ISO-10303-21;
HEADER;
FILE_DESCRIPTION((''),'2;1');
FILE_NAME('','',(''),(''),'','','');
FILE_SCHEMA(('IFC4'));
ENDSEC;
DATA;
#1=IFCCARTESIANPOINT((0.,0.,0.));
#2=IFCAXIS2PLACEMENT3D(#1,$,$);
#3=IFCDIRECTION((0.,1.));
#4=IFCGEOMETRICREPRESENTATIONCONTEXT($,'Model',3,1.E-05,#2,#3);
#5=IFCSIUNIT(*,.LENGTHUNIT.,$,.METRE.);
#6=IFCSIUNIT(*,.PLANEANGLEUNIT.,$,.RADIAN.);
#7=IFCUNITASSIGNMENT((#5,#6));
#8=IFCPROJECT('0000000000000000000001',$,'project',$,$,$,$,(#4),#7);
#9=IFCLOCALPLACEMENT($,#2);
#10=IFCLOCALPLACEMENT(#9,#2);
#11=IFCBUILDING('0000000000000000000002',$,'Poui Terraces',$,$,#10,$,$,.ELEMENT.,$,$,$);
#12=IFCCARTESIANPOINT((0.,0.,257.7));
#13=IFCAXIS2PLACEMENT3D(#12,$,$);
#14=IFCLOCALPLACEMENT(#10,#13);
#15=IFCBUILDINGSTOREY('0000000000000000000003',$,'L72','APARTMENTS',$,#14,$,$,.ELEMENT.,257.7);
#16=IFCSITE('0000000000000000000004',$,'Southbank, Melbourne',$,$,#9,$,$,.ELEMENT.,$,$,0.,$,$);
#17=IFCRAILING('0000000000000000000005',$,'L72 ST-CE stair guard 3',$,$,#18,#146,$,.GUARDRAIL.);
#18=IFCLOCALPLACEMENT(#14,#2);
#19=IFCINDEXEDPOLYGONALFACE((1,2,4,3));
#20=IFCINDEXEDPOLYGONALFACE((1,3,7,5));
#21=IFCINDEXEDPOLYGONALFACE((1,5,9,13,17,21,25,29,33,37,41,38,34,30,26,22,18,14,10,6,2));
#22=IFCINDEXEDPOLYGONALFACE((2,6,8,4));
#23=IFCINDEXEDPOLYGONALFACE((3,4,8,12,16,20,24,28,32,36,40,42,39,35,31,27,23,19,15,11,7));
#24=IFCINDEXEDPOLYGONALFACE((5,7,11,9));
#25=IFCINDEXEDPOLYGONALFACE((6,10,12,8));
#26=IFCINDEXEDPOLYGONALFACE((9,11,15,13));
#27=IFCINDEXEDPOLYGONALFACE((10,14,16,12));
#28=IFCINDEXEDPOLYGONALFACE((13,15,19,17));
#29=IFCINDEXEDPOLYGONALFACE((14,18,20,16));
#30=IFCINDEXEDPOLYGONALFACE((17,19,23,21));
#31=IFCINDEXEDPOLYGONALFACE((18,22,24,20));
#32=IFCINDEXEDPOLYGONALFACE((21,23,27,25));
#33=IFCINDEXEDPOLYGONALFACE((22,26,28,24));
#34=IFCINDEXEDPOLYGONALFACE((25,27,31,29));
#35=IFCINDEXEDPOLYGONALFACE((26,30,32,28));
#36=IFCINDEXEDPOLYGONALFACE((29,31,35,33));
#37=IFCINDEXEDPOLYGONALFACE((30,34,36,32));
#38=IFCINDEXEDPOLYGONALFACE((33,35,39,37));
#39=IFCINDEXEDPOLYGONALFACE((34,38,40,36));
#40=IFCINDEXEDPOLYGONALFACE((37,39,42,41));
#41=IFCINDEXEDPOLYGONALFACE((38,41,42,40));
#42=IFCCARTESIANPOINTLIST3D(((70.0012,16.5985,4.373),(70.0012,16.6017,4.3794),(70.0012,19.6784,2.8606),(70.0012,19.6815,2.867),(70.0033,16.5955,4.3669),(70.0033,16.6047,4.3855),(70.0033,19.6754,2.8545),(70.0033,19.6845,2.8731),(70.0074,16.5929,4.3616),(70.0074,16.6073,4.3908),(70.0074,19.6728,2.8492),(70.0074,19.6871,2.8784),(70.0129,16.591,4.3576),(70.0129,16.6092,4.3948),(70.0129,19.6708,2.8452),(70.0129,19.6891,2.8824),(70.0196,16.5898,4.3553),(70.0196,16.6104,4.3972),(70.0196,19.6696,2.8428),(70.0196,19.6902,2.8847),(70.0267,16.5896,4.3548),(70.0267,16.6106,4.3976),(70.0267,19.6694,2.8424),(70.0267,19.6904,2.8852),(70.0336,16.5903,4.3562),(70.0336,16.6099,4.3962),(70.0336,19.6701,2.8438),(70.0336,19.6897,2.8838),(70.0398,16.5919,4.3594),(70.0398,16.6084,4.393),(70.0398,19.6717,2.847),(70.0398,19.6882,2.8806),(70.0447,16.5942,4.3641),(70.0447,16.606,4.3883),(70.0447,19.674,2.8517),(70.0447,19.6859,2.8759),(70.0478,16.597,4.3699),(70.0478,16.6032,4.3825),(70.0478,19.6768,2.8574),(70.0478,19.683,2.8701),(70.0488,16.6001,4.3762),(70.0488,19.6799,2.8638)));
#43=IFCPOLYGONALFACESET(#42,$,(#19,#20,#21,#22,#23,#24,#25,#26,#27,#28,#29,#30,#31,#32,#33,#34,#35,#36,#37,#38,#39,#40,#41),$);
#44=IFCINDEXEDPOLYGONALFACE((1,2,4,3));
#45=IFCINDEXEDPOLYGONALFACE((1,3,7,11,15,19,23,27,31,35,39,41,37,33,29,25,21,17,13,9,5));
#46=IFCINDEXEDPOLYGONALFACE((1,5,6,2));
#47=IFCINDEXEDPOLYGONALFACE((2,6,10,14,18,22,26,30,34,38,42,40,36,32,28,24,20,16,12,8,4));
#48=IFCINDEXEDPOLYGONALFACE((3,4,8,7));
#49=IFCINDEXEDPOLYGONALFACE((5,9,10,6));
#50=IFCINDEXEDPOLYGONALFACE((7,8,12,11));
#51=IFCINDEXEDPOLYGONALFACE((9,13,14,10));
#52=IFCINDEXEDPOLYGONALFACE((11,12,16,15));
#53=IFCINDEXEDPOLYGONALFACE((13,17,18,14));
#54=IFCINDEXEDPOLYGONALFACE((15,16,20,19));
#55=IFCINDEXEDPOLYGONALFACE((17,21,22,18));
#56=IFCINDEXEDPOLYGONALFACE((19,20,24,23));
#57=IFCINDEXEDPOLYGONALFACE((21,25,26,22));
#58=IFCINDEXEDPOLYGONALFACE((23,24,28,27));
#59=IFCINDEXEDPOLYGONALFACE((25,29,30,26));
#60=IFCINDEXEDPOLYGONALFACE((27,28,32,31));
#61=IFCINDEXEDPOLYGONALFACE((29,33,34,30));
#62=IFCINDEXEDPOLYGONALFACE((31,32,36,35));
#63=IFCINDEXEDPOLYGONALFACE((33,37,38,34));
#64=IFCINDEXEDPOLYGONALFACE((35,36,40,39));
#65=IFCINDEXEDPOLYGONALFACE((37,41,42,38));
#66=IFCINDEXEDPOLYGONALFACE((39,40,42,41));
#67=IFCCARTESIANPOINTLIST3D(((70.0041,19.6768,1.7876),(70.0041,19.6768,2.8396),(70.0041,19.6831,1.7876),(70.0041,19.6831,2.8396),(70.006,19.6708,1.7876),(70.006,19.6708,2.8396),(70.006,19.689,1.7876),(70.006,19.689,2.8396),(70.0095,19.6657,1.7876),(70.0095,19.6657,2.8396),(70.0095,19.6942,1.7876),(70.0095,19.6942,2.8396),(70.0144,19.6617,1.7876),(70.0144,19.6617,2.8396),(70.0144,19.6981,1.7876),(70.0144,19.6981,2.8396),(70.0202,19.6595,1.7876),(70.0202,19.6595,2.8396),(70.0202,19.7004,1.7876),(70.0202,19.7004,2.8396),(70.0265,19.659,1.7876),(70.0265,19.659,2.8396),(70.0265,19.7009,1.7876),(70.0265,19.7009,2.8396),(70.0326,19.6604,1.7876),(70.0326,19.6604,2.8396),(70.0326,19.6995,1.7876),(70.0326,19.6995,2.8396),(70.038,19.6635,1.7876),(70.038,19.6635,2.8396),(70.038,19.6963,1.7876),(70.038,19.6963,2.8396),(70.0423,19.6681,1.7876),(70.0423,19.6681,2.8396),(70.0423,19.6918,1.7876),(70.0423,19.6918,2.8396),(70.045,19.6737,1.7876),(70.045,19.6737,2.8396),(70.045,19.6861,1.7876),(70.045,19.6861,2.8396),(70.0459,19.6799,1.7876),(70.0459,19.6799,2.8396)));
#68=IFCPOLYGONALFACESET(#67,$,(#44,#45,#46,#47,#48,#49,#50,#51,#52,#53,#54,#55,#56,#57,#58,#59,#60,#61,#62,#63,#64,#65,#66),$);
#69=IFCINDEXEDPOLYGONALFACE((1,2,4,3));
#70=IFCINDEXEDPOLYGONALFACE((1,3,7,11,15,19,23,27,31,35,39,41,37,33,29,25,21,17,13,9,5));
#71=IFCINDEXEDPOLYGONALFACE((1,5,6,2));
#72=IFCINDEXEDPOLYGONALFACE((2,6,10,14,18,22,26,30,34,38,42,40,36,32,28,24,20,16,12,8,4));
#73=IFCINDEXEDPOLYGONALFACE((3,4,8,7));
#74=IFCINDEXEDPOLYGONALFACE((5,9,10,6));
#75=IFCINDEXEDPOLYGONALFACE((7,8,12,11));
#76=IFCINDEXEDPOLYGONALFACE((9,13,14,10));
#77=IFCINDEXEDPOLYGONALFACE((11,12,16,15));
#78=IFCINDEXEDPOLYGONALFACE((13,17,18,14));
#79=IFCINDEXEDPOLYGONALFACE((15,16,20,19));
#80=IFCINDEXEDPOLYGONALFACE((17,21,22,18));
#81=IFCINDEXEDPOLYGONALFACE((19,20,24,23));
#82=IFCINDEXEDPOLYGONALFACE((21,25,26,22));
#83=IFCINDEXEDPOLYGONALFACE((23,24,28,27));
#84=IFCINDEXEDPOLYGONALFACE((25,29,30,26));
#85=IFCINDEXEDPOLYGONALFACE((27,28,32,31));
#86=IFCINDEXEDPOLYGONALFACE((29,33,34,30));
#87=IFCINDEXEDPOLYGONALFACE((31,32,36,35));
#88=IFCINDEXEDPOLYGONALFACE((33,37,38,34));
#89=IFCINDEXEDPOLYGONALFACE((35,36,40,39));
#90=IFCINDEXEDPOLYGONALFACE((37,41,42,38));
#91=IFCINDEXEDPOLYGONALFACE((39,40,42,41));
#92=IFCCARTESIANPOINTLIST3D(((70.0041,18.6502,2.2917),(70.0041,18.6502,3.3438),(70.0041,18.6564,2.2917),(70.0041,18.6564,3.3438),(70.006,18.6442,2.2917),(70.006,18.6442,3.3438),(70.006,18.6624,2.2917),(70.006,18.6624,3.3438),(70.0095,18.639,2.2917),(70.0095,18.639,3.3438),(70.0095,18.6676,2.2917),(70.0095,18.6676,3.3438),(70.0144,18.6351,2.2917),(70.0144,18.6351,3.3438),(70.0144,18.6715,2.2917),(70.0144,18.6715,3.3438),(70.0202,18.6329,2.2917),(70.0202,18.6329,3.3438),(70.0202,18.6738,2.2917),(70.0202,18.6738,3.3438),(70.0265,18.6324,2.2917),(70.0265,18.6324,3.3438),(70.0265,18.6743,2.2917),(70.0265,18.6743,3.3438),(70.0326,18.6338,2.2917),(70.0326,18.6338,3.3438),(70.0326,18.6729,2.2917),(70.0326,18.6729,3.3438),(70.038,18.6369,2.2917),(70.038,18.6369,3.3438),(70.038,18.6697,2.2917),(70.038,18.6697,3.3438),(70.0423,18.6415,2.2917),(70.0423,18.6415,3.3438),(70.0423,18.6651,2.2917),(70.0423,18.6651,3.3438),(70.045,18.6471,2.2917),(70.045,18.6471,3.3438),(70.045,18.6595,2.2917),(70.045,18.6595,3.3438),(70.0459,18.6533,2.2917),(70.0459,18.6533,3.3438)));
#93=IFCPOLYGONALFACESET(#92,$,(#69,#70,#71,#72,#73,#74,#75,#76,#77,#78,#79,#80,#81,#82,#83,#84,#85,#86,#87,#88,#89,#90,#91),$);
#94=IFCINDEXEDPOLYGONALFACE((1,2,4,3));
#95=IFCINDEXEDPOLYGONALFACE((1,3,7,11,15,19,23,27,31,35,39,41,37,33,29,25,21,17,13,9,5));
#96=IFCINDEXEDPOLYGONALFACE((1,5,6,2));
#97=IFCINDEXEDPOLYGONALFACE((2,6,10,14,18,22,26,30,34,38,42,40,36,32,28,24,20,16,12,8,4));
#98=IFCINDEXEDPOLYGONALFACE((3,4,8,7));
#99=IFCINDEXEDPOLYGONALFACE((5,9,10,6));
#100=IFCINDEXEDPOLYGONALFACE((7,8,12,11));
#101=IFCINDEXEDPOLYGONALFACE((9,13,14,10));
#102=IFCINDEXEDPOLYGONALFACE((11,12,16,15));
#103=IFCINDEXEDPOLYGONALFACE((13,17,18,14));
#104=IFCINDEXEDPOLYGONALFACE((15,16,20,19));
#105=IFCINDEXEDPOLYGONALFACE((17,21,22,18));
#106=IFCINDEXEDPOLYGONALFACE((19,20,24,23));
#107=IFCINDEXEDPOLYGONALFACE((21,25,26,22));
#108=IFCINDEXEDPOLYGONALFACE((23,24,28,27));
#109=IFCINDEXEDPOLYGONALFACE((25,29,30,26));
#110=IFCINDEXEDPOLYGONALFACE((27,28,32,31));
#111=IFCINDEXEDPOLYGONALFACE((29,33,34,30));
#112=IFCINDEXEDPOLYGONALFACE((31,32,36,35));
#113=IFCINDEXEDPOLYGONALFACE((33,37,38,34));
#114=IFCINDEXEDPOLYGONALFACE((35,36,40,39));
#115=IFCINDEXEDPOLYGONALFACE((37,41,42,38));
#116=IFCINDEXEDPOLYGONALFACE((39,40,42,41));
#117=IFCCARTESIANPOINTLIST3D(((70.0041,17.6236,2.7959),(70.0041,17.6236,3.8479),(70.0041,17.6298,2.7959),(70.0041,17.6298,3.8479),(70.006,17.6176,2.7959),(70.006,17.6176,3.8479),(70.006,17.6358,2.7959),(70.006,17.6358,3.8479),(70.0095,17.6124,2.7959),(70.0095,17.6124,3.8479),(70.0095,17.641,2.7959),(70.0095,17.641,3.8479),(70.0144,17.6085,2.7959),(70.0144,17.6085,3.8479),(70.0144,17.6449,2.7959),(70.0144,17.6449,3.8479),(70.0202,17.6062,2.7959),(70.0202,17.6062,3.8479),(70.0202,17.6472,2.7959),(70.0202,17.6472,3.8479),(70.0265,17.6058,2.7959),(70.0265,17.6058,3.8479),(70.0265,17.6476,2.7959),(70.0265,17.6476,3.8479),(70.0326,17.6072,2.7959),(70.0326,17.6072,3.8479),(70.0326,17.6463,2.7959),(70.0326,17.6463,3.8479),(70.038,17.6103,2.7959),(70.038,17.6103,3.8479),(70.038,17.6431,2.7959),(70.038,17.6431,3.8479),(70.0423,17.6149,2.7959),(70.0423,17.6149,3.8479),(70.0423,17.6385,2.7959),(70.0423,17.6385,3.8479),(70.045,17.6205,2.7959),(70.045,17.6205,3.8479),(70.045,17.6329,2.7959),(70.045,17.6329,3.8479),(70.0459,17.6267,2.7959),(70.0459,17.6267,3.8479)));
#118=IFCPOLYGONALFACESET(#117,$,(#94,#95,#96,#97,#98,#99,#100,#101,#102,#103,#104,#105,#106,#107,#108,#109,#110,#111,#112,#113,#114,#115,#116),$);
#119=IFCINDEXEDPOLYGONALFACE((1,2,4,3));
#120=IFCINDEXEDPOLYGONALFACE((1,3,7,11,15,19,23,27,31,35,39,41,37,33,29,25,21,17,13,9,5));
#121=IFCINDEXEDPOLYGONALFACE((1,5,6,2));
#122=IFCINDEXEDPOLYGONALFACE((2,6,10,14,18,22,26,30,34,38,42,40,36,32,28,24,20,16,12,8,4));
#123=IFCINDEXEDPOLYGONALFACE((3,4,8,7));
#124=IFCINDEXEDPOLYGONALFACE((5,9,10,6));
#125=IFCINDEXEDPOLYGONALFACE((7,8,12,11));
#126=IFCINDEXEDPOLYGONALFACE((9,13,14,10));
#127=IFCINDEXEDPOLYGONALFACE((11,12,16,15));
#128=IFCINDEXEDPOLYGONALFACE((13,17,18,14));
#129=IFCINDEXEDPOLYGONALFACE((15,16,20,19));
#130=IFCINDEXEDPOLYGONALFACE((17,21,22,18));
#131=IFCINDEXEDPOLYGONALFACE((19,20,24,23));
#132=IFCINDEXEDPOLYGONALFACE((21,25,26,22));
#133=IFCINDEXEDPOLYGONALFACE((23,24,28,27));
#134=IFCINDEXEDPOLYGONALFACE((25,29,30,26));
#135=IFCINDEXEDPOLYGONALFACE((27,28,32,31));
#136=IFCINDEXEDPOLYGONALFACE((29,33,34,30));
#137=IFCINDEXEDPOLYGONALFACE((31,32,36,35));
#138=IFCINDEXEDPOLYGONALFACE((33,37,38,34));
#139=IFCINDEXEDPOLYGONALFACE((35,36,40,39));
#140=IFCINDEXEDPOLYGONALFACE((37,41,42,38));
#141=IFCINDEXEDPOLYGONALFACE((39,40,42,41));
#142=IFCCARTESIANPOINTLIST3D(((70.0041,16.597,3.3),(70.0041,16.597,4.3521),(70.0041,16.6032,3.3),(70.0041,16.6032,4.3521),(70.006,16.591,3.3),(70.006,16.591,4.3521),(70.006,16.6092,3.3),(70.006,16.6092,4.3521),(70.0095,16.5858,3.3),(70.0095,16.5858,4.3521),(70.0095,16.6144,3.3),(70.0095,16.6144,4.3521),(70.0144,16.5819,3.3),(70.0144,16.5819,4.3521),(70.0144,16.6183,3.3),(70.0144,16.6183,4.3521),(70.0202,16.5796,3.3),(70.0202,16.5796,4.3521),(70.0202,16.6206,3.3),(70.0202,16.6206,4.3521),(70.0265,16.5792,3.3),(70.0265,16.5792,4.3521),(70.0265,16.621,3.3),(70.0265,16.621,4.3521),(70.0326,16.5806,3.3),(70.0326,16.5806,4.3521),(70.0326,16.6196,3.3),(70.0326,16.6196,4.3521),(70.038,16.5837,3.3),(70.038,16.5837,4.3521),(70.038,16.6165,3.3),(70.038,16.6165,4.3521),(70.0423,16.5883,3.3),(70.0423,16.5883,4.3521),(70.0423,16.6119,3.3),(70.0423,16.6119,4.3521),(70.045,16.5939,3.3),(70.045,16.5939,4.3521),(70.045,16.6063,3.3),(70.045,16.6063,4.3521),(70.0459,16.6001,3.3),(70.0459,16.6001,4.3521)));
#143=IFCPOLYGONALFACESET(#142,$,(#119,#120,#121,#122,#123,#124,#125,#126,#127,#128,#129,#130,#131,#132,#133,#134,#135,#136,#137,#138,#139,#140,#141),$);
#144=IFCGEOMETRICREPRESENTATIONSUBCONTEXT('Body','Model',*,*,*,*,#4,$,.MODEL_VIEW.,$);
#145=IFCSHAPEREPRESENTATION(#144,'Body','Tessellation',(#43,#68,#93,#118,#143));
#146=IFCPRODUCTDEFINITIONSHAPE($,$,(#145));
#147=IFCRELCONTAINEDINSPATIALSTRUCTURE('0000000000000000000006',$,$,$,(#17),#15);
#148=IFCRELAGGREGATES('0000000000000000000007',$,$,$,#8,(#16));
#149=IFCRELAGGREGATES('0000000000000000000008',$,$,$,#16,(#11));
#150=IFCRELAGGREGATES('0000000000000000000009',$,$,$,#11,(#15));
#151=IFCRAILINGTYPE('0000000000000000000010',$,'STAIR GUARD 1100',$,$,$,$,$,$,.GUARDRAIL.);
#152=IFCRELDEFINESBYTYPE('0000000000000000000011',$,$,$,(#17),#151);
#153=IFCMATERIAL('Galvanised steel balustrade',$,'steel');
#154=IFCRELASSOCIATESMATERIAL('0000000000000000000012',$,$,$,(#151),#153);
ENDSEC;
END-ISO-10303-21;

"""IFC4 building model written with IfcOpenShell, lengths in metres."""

from ifc_helpers import new_model, si_unit, direction, frame, origin, origin_2d, place, context, subcontext, project, spatial, circle, extrude, material, type_object, element, save


model = new_model("IFC4")

# Units and contexts
model_context = context("Model", 3, precision=1e-05, world=origin(), true_north=direction((0.0, 1.0)))
body_context = subcontext(model_context, "Body", "Model", "MODEL_VIEW")
ifc_project = project(units=[si_unit("LENGTHUNIT", "METRE"), si_unit("PLANEANGLEUNIT", "RADIAN")], contexts=[model_context])

# Site, building, storey
site_placement = place(None, origin())
site = spatial("IfcSite", under=ifc_project, at=site_placement, Name="Southbank, Melbourne", CompositionType="ELEMENT", RefElevation=0.0)
building_placement = place(site_placement, origin())
building = spatial("IfcBuilding", under=site, at=building_placement, Name="Poui Terraces", CompositionType="ELEMENT")
storey_placement = place(building_placement, frame((0.0, 0.0, 257.7)))
storey = spatial("IfcBuildingStorey", under=building, at=storey_placement, Name="L72", Description="APARTMENTS", CompositionType="ELEMENT", Elevation=257.7)

# Railing
ifc_material_1 = material(Name="Galvanised steel balustrade", Category="steel")
railing_type_1 = type_object("IfcRailingType", Name="STAIR GUARD 1100", PredefinedType="GUARDRAIL", material=ifc_material_1)
railing_1_placement = place(storey_placement, frame((70.0249, 19.6799, 1.7876)))
element("IfcRailing", 1, at=railing_1_placement, inside=storey, type_object=railing_type_1, Name="L72 ST-CE stair guard 3", PredefinedType="GUARDRAIL", context=body_context, shape_type="SweptSolid", body=[
    extrude(circle(Radius=0.0239, at=origin_2d()), frame((0.0, 0.0, 1.0762), z_axis=(0.0, -0.897606, 0.440798), x_axis=(1.0, 0.0, 0.0)), (0.0, 0.0, 1.0), 3.4312),
    extrude(circle(Radius=0.021, at=origin_2d()), origin(), (0.0, 0.0, 1.0), 1.052),
    extrude(circle(Radius=0.021, at=origin_2d()), frame((0.0, -1.0266, 0.5042)), (0.0, 0.0, 1.0), 1.052),
    extrude(circle(Radius=0.021, at=origin_2d()), frame((0.0, -2.0532, 1.0083)), (0.0, 0.0, 1.0), 1.052),
    extrude(circle(Radius=0.021, at=origin_2d()), frame((0.0, -3.0798, 1.5125)), (0.0, 0.0, 1.0), 1.052),
])

save(model, "model.ifc")
